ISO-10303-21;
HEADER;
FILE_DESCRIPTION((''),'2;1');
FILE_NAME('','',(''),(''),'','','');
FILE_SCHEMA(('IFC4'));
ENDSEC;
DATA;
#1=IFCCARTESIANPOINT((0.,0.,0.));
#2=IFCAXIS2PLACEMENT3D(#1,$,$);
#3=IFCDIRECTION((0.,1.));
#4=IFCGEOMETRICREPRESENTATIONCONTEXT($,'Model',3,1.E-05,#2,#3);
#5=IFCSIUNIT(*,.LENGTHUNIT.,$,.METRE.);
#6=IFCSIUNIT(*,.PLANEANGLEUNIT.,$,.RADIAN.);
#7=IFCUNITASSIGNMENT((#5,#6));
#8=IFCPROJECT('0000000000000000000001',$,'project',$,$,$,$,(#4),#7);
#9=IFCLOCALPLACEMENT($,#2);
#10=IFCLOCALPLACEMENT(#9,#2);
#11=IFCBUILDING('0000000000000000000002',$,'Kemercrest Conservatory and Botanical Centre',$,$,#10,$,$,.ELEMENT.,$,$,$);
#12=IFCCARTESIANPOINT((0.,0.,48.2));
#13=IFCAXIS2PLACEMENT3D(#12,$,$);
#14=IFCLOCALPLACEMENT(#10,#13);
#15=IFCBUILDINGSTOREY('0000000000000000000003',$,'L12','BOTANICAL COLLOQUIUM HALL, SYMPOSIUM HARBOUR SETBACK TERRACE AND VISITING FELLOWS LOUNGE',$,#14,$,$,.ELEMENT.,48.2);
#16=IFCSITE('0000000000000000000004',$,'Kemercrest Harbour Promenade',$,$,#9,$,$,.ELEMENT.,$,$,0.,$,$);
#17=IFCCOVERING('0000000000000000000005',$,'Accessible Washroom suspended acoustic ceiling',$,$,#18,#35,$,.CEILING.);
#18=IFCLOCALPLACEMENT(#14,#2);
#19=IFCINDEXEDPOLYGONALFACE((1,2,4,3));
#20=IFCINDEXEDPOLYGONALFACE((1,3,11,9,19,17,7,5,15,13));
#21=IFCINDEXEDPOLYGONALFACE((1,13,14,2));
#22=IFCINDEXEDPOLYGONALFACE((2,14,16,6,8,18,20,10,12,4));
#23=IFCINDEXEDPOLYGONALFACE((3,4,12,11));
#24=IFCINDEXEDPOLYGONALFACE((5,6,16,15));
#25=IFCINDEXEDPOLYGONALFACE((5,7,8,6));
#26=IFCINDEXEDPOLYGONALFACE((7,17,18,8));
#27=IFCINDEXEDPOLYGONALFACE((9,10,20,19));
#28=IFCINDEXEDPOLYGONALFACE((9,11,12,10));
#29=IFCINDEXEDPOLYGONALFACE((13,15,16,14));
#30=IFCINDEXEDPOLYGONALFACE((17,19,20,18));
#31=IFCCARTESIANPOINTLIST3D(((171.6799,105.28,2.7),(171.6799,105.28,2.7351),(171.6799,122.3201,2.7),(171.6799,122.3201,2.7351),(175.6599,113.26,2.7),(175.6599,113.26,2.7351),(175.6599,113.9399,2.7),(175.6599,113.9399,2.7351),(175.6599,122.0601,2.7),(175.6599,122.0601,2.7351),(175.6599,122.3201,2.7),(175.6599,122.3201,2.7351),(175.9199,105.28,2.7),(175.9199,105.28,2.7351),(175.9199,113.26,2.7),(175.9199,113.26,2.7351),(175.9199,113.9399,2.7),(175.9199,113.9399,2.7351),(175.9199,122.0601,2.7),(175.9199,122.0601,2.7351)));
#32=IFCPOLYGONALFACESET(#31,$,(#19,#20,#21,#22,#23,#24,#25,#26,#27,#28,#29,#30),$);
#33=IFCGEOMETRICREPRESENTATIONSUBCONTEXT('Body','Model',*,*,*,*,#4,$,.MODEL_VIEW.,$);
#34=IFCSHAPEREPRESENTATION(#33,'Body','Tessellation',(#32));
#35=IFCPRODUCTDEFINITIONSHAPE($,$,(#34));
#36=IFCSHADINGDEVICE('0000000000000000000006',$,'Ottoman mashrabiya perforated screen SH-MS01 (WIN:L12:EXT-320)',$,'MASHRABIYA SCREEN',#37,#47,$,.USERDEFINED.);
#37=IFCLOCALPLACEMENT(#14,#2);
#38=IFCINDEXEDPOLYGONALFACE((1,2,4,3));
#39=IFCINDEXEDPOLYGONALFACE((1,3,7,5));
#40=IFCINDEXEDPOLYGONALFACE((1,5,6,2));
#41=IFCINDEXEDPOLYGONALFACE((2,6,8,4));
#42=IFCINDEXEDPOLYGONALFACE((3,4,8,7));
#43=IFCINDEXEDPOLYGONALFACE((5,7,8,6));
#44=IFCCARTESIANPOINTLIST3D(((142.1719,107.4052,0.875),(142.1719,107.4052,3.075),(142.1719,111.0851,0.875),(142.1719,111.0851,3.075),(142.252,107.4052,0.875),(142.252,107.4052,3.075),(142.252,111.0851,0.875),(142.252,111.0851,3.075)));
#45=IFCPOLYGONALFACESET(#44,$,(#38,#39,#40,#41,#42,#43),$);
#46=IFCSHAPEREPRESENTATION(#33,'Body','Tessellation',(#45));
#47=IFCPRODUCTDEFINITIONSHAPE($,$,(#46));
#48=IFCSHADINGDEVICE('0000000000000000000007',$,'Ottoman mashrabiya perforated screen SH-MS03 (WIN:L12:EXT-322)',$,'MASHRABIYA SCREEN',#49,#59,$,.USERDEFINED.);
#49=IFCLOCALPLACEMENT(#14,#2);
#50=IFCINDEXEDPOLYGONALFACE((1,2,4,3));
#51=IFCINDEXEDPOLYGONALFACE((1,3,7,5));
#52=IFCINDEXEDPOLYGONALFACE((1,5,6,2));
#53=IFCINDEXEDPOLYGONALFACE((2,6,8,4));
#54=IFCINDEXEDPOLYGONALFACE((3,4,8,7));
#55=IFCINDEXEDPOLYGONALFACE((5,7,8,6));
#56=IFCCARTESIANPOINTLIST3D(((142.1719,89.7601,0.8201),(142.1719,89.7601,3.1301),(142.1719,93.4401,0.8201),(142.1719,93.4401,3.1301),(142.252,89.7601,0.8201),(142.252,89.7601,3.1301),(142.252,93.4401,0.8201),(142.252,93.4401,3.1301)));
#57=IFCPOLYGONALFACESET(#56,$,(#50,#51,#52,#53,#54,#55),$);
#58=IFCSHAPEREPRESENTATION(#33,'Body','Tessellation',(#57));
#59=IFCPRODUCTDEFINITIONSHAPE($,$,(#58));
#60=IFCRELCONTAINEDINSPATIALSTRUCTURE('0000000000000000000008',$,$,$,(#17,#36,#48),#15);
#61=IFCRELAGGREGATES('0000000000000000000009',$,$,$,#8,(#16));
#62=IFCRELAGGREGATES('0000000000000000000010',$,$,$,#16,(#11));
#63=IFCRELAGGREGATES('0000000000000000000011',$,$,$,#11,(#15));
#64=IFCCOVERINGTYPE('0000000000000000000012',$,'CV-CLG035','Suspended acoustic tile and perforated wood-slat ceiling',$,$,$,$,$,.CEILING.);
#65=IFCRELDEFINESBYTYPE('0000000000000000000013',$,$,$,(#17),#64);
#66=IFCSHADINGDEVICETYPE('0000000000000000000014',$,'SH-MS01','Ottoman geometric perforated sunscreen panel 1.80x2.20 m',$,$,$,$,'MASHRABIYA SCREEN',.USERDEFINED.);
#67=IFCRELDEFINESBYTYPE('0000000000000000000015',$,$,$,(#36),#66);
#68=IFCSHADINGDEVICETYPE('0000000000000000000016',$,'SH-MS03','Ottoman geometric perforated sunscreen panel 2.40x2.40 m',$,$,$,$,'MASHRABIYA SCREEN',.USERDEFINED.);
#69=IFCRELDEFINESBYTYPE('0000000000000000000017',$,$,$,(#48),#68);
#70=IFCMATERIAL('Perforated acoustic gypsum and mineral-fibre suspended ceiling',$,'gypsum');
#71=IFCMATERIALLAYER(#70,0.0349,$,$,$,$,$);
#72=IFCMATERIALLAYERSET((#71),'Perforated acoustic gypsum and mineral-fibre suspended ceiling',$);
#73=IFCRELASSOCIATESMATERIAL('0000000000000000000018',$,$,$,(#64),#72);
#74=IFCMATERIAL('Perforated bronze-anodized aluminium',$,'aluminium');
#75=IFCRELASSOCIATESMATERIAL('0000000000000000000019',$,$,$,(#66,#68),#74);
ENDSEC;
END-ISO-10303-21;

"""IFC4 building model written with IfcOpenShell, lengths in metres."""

from ifc_helpers import new_model, si_unit, direction, frame, origin, origin_2d, place, context, subcontext, project, spatial, polyline, rectangle, outline, extrude, material, layer, layer_set, type_object, element, save


model = new_model("IFC4")

# Units and contexts
model_context = context("Model", 3, precision=1e-05, world=origin(), true_north=direction((0.0, 1.0)))
body_context = subcontext(model_context, "Body", "Model", "MODEL_VIEW")
ifc_project = project(units=[si_unit("LENGTHUNIT", "METRE"), si_unit("PLANEANGLEUNIT", "RADIAN")], contexts=[model_context])

# Site, building, storey
site_placement = place(None, origin())
site = spatial("IfcSite", under=ifc_project, at=site_placement, Name="Kemercrest Harbour Promenade", CompositionType="ELEMENT", RefElevation=0.0)
building_placement = place(site_placement, origin())
building = spatial("IfcBuilding", under=site, at=building_placement, Name="Kemercrest Conservatory and Botanical Centre", CompositionType="ELEMENT")
storey_placement = place(building_placement, frame((0.0, 0.0, 48.2)))
storey = spatial("IfcBuildingStorey", under=building, at=storey_placement, Name="L12", Description="BOTANICAL COLLOQUIUM HALL, SYMPOSIUM HARBOUR SETBACK TERRACE AND VISITING FELLOWS LOUNGE", CompositionType="ELEMENT", Elevation=48.2)

# Covering
ifc_material_1 = material(Name="Perforated acoustic gypsum and mineral-fibre suspended ceiling", Category="gypsum")
ifc_layer_1 = layer(ifc_material_1, 0.0349)
ifc_layer_set_1 = layer_set([ifc_layer_1], Name="Perforated acoustic gypsum and mineral-fibre suspended ceiling")
covering_type = type_object("IfcCoveringType", Name="CV-CLG035", Description="Suspended acoustic tile and perforated wood-slat ceiling", PredefinedType="CEILING", material=ifc_layer_set_1)
covering_placement = place(storey_placement, frame((0.0, 0.0, 2.7)))
element("IfcCovering", 1, at=covering_placement, inside=storey, type_object=covering_type, Name="Accessible Washroom suspended acoustic ceiling", PredefinedType="CEILING", context=body_context, shape_type="SweptSolid", body=[
    extrude(outline(polyline([(171.6799, 105.28), (175.9199, 105.28), (175.9199, 113.26), (175.6599, 113.26), (175.6599, 113.9399), (175.9199, 113.9399), (175.9199, 122.0601), (175.6599, 122.0601), (175.6599, 122.3201), (171.6799, 122.3201), (171.6799, 105.28)])), origin(), (0.0, 0.0, 1.0), 0.0352),
])

# Shading devices
ifc_material_2 = material(Name="Perforated bronze-anodized aluminium", Category="aluminium")
shading_device_type_1 = type_object("IfcShadingDeviceType", Name="SH-MS01", Description="Ottoman geometric perforated sunscreen panel 1.80x2.20 m", ElementType="MASHRABIYA SCREEN", PredefinedType="USERDEFINED", material=ifc_material_2)
shading_device_1_placement = place(storey_placement, frame((142.2119, 109.2451, 0.875), z_axis=(0.0, 0.0, 1.0), x_axis=(0.0, -1.0, 0.0)))
element("IfcShadingDevice", 2, at=shading_device_1_placement, inside=storey, type_object=shading_device_type_1, Name="Ottoman mashrabiya perforated screen SH-MS01 (WIN:L12:EXT-320)", ObjectType="MASHRABIYA SCREEN", PredefinedType="USERDEFINED", context=body_context, shape_type="SweptSolid", body=[
    extrude(rectangle(XDim=3.6799, YDim=0.0801, at=origin_2d()), origin(), (0.0, 0.0, 1.0), 2.2),
])
shading_device_type_2 = type_object("IfcShadingDeviceType", Name="SH-MS03", Description="Ottoman geometric perforated sunscreen panel 2.40x2.40 m", ElementType="MASHRABIYA SCREEN", PredefinedType="USERDEFINED", material=ifc_material_2)
shading_device_2_placement = place(storey_placement, frame((142.2119, 91.6001, 0.8201), z_axis=(0.0, 0.0, 1.0), x_axis=(0.0, -1.0, 0.0)))
element("IfcShadingDevice", 3, at=shading_device_2_placement, inside=storey, type_object=shading_device_type_2, Name="Ottoman mashrabiya perforated screen SH-MS03 (WIN:L12:EXT-322)", ObjectType="MASHRABIYA SCREEN", PredefinedType="USERDEFINED", context=body_context, shape_type="SweptSolid", body=[
    extrude(rectangle(XDim=3.6799, YDim=0.0801, at=origin_2d()), origin(), (0.0, 0.0, 1.0), 2.3101),
])

save(model, "model.ifc")
